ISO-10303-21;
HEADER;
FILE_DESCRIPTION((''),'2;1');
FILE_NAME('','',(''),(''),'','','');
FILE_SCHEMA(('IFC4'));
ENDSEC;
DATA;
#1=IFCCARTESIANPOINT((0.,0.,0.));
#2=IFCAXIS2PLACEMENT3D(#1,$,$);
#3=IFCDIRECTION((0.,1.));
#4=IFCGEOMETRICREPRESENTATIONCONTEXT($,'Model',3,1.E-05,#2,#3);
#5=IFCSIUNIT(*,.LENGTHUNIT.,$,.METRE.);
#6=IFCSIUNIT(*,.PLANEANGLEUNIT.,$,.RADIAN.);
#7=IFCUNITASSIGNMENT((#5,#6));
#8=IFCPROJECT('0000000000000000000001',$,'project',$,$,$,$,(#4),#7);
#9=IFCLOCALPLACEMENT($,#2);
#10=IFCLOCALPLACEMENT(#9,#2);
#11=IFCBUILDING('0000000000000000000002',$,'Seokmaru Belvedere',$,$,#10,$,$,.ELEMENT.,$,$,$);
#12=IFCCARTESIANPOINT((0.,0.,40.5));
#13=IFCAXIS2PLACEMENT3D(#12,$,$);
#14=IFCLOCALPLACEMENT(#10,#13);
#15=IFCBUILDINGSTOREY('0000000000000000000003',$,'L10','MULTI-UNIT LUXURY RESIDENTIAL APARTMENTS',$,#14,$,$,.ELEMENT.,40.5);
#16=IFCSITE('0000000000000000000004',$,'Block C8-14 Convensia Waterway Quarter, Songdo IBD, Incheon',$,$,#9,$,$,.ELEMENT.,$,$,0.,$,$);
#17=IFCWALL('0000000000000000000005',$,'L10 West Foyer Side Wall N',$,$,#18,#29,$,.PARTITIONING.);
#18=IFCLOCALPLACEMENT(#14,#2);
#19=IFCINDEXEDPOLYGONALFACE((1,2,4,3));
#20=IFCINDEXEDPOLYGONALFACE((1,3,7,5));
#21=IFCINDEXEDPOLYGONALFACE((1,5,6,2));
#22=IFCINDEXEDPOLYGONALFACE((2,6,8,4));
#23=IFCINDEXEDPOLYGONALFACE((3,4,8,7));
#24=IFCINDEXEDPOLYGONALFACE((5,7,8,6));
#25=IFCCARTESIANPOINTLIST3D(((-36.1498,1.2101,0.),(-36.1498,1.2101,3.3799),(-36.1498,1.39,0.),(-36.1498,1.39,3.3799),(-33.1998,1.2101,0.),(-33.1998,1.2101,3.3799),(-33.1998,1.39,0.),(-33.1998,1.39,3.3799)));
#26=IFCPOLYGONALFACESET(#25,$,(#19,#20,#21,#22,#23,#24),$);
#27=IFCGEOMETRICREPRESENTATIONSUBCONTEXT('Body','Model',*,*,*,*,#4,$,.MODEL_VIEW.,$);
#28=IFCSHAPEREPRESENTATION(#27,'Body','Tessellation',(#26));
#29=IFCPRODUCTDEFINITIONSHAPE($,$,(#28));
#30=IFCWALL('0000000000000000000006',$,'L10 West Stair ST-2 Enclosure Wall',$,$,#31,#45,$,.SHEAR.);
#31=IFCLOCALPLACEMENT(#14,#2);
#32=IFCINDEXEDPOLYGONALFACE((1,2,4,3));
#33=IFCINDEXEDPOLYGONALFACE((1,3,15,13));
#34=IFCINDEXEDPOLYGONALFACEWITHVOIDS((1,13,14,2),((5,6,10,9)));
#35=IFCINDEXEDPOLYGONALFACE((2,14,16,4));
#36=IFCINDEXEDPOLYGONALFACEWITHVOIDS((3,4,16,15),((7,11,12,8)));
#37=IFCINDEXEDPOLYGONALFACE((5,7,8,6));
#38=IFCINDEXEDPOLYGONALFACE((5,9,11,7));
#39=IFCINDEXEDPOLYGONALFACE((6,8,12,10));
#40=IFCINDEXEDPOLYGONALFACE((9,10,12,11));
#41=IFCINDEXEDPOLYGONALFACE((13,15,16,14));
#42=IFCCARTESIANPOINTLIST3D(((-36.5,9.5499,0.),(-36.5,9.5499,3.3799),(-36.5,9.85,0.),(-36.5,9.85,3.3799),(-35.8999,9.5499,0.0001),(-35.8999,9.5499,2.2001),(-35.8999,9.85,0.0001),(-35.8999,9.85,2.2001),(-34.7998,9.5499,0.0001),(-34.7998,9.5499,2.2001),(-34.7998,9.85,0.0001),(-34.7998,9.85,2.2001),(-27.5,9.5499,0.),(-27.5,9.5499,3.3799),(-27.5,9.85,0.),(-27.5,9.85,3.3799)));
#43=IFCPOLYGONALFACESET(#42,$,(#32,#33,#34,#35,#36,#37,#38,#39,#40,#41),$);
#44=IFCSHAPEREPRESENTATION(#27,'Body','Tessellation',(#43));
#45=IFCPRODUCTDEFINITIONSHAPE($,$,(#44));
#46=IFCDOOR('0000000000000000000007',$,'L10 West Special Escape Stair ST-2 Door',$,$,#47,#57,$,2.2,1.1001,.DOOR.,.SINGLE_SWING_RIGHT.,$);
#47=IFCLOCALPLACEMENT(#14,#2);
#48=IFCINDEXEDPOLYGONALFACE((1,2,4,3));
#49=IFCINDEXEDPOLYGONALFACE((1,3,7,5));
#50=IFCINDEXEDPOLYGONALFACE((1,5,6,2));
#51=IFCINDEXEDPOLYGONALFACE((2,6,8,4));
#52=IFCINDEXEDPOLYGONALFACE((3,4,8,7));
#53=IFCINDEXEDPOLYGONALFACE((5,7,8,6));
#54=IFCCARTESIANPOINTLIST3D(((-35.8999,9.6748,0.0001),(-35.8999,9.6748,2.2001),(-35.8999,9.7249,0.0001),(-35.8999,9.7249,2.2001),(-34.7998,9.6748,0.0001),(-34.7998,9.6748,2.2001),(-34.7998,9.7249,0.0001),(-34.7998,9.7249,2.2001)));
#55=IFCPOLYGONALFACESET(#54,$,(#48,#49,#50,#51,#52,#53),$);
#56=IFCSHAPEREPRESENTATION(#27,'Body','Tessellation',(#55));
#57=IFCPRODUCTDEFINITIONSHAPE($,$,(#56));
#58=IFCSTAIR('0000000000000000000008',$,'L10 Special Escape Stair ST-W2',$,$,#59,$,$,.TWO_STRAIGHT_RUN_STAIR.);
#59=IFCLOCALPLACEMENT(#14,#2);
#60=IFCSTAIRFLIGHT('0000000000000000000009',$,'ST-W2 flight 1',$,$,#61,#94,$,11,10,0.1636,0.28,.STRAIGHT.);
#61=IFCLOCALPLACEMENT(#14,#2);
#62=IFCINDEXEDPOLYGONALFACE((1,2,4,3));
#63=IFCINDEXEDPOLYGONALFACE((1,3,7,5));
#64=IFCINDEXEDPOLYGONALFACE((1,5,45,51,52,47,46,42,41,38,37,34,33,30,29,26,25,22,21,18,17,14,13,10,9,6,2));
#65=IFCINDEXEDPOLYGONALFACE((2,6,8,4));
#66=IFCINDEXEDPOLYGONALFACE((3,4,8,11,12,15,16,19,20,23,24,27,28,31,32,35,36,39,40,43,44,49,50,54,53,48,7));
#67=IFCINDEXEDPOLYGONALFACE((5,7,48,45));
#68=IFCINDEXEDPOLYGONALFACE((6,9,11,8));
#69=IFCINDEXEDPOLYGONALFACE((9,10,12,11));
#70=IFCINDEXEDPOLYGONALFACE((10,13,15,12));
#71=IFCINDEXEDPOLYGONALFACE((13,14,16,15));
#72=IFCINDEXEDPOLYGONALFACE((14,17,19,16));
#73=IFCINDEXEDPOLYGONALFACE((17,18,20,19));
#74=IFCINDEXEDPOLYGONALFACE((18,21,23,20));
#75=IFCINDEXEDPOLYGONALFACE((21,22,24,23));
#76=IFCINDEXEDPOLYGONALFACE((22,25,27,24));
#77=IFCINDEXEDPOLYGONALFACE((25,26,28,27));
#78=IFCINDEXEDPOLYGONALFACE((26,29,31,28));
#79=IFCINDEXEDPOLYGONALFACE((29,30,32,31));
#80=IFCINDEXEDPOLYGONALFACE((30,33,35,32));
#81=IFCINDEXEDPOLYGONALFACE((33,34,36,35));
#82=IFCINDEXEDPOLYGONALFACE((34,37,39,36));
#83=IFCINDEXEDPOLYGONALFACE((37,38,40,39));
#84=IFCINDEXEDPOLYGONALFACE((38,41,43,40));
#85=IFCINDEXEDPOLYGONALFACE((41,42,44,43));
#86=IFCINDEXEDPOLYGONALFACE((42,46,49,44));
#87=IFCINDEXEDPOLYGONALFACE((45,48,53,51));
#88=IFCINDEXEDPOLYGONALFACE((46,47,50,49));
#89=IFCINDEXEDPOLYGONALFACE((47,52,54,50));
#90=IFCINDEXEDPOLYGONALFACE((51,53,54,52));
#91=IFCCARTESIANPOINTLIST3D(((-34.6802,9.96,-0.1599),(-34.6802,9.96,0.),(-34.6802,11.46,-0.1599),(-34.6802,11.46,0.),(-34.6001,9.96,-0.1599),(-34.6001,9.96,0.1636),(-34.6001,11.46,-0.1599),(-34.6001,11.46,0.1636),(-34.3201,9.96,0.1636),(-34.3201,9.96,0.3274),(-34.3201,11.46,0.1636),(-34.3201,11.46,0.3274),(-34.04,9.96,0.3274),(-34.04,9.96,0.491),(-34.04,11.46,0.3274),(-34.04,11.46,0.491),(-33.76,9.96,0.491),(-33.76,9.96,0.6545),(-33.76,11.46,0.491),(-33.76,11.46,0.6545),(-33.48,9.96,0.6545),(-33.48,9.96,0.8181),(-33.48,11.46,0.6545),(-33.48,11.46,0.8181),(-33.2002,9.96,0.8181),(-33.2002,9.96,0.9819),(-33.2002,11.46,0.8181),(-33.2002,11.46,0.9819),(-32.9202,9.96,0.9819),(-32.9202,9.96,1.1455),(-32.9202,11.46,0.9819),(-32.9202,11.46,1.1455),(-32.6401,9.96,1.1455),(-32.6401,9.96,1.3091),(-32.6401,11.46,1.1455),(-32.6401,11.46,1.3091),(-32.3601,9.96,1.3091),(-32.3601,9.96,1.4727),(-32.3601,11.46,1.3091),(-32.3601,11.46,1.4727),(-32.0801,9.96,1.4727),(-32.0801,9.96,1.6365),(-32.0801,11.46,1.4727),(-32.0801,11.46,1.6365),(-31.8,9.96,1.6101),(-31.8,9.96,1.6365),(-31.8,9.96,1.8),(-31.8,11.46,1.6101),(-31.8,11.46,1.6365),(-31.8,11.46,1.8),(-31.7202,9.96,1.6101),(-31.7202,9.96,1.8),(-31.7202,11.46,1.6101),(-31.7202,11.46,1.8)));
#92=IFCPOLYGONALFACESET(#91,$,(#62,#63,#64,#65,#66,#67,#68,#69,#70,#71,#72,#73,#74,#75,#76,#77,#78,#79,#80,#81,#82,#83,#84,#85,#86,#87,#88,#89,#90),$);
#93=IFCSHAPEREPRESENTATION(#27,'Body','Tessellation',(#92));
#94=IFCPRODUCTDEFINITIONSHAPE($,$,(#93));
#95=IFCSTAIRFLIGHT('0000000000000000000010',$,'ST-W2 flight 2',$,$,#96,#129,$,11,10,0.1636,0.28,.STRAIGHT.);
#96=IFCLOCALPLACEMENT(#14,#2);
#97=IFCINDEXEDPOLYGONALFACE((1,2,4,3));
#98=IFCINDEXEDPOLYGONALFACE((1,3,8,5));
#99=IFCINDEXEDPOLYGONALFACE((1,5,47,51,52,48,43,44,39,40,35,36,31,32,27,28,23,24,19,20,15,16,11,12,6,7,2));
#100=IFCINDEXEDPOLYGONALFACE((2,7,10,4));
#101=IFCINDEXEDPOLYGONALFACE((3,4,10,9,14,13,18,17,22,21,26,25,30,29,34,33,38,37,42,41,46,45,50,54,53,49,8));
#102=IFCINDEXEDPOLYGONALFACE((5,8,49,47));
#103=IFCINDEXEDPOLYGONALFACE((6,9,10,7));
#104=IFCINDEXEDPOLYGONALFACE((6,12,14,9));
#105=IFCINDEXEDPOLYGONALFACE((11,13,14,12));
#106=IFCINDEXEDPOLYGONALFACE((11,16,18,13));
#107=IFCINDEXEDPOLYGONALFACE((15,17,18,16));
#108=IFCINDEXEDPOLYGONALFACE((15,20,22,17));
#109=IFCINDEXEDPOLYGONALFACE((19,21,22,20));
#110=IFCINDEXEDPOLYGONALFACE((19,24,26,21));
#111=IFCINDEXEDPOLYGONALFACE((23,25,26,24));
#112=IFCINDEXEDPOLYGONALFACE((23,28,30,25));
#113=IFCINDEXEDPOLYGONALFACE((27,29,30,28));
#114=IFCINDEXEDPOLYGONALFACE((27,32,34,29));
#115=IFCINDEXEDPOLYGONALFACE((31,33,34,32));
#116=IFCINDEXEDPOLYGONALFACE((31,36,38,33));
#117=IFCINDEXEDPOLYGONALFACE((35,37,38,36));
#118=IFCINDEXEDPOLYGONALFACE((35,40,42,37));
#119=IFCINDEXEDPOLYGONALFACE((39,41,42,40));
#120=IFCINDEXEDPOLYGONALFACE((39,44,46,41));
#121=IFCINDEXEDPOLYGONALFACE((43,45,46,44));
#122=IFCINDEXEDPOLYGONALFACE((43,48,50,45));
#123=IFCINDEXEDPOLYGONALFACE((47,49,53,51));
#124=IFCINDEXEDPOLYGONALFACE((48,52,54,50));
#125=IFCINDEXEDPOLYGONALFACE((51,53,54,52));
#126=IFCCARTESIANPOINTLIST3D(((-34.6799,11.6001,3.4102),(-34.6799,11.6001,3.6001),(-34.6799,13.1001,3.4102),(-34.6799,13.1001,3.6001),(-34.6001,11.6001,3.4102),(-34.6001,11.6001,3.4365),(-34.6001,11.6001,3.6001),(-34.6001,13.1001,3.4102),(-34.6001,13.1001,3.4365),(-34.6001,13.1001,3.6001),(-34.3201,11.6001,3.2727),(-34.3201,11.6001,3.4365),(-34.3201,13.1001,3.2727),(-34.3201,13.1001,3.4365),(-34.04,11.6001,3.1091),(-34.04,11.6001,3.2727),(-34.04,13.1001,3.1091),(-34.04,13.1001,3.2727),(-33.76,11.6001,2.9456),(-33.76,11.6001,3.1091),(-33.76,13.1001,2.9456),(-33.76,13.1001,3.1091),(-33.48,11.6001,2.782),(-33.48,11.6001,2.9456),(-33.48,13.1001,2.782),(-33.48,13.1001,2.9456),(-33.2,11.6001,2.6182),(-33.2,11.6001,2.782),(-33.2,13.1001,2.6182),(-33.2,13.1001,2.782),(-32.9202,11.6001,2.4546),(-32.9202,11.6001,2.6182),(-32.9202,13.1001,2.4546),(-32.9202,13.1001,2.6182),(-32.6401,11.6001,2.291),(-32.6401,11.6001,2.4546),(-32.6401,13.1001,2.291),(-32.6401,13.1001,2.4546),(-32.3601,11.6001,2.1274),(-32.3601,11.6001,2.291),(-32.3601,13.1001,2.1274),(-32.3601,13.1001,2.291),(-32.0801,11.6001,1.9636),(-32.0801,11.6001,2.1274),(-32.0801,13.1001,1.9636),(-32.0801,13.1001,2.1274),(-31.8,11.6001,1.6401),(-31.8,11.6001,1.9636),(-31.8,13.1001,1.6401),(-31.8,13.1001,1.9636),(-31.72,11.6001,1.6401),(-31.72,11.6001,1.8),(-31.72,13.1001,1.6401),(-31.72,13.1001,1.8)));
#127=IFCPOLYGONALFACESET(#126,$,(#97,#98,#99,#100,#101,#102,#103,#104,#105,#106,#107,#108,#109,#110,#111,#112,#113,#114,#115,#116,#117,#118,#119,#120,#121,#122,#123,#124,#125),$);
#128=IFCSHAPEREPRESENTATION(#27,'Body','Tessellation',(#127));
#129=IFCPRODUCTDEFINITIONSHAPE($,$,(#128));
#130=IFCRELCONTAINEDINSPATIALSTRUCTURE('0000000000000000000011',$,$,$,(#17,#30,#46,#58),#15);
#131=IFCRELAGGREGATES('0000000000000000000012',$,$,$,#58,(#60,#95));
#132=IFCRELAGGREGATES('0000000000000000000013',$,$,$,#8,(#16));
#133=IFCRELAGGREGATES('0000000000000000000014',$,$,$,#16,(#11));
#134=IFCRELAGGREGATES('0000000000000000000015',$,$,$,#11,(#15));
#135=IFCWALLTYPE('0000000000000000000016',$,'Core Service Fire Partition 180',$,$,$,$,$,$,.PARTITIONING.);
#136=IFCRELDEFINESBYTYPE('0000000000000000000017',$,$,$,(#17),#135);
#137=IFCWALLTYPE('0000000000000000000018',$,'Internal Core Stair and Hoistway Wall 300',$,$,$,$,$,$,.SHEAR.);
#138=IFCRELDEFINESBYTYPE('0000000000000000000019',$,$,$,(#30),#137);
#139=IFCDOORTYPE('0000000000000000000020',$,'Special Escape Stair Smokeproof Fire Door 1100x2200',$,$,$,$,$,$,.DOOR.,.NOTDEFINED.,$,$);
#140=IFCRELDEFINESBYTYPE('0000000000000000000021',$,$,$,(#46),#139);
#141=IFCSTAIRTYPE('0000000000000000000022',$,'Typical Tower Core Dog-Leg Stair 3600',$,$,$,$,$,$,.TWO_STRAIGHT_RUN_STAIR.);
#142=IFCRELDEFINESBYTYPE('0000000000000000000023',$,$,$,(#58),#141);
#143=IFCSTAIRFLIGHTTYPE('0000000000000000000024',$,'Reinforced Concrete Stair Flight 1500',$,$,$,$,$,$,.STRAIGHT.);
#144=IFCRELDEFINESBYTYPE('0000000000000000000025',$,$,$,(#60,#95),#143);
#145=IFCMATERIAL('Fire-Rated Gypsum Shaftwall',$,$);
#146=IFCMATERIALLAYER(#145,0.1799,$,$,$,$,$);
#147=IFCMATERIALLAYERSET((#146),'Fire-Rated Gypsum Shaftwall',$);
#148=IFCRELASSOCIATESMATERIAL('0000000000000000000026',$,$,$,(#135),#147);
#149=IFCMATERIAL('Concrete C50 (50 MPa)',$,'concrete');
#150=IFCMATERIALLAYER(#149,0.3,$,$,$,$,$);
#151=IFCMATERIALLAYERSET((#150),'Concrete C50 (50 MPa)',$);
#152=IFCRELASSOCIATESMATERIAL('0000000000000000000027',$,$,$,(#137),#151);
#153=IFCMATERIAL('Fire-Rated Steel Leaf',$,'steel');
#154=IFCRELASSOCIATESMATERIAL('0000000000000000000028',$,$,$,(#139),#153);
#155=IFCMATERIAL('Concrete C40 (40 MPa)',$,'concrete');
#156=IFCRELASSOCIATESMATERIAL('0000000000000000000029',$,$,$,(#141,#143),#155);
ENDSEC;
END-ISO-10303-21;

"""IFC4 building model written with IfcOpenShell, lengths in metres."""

from ifc_helpers import new_model, si_unit, direction, frame, frame_2d, origin, place, context, subcontext, project, spatial, polyline, rectangle, outline, extrude, source, transform, mapped, material, layer, layer_set, type_object, type_shapes, element, fill, aggregate, save


model = new_model("IFC4")

# Units and contexts
model_context = context("Model", 3, precision=1e-05, world=origin(), true_north=direction((0.0, 1.0)))
body_context = subcontext(model_context, "Body", "Model", "MODEL_VIEW")
ifc_project = project(units=[si_unit("LENGTHUNIT", "METRE"), si_unit("PLANEANGLEUNIT", "RADIAN")], contexts=[model_context])

# Site, building, storey
site_placement = place(None, origin())
site = spatial("IfcSite", under=ifc_project, at=site_placement, Name="Block C8-14 Convensia Waterway Quarter, Songdo IBD, Incheon", CompositionType="ELEMENT", RefElevation=0.0)
building_placement = place(site_placement, origin())
building = spatial("IfcBuilding", under=site, at=building_placement, Name="Seokmaru Belvedere", CompositionType="ELEMENT")
storey_placement = place(building_placement, frame((0.0, 0.0, 40.5)))
storey = spatial("IfcBuildingStorey", under=building, at=storey_placement, Name="L10", Description="MULTI-UNIT LUXURY RESIDENTIAL APARTMENTS", CompositionType="ELEMENT", Elevation=40.5)

# Shared definitions
ifc_material_1 = material(Name="Fire-Rated Gypsum Shaftwall")
ifc_layer_1 = layer(ifc_material_1, 0.1799)
ifc_layer_set_1 = layer_set([ifc_layer_1], Name="Fire-Rated Gypsum Shaftwall")
wall_type_1 = type_object("IfcWallType", Name="Core Service Fire Partition 180", PredefinedType="PARTITIONING", material=ifc_layer_set_1)

# Shared definitions
ifc_material_2 = material(Name="Fire-Rated Steel Leaf", Category="steel")

# Wall
wall_1_placement = place(storey_placement, frame((-36.1499, 1.3, 0.0), z_axis=(0.0, 0.0, 1.0), x_axis=(1.0, 0.0, 0.0)))
element("IfcWall", 1, at=wall_1_placement, inside=storey, type_object=wall_type_1, Name="L10 West Foyer Side Wall N", PredefinedType="PARTITIONING", context=body_context, shape_type="SweptSolid", body=[
    extrude(rectangle(XDim=2.95, YDim=0.1799, at=frame_2d((1.4751, 0.0))), origin(), (0.0, 0.0, 1.0), 3.3799),
])

# Wall, opening, door
ifc_material_3 = material(Name="Concrete C50 (50 MPa)", Category="concrete")
ifc_layer_2 = layer(ifc_material_3, 0.3)
ifc_layer_set_2 = layer_set([ifc_layer_2], Name="Concrete C50 (50 MPa)")
wall_type_2 = type_object("IfcWallType", Name="Internal Core Stair and Hoistway Wall 300", PredefinedType="SHEAR", material=ifc_layer_set_2)
wall_2_placement = place(storey_placement, frame((-36.5, 9.7, 0.0), z_axis=(0.0, 0.0, 1.0), x_axis=(1.0, 0.0, 0.0)))
wall_2 = element("IfcWall", 2, at=wall_2_placement, inside=storey, type_object=wall_type_2, Name="L10 West Stair ST-2 Enclosure Wall", PredefinedType="SHEAR", context=body_context, shape_type="SweptSolid", body=[
    extrude(rectangle(XDim=9.0, YDim=0.3, at=frame_2d((4.5, 0.0))), origin(), (0.0, 0.0, 1.0), 3.3799),
])
opening_1_placement = place(wall_2_placement, frame((0.6001, 0.0, 0.0)))
opening_1 = element("IfcOpeningElement", 3, at=opening_1_placement, cuts=wall_2, PredefinedType="OPENING", context=body_context, shape_type="SweptSolid", body=[
    extrude(rectangle(XDim=1.1001, YDim=2.2, at=frame_2d((0.55, 1.1001))), frame((0.0, 0.1602, 0.0), z_axis=(0.0, -1.0, 0.0), x_axis=(1.0, 0.0, 0.0)), (0.0, 0.0, 1.0), 0.3201),
])
door_type_1 = type_object("IfcDoorType", Name="Special Escape Stair Smokeproof Fire Door 1100x2200", OperationType="NOTDEFINED", PredefinedType="DOOR", material=ifc_material_2)
shared_shape_1 = source(origin(), body_context, "Body", "SweptSolid", [
    extrude(rectangle(XDim=1.1001, YDim=2.2, at=frame_2d((0.55, 1.1001))), frame((0.0, 0.0249, 0.0), z_axis=(0.0, -1.0, 0.0), x_axis=(1.0, 0.0, 0.0)), (0.0, 0.0, 1.0), 0.05),
])
type_shapes(door_type_1, [shared_shape_1])
door_1_placement = place(opening_1_placement, origin())
door_1 = element("IfcDoor", 4, at=door_1_placement, inside=storey, type_object=door_type_1, Name="L10 West Special Escape Stair ST-2 Door", OperationType="SINGLE_SWING_RIGHT", OverallHeight=2.2, OverallWidth=1.1001, PredefinedType="DOOR", context=body_context, shape_type="MappedRepresentation", body=[
    mapped(shared_shape_1, transform((0.0, 0.0, 0.0), scale=1.0)),
])
fill(opening_1, door_1)

# Stair, stair flights
ifc_material_4 = material(Name="Concrete C40 (40 MPa)", Category="concrete")
stair_type = type_object("IfcStairType", Name="Typical Tower Core Dog-Leg Stair 3600", PredefinedType="TWO_STRAIGHT_RUN_STAIR", material=ifc_material_4)
stair_placement = place(storey_placement, origin())
stair = element("IfcStair", 5, at=stair_placement, inside=storey, type_object=stair_type, Name="L10 Special Escape Stair ST-W2", PredefinedType="TWO_STRAIGHT_RUN_STAIR")
stair_flight_type = type_object("IfcStairFlightType", Name="Reinforced Concrete Stair Flight 1500", PredefinedType="STRAIGHT", material=ifc_material_4)
stair_flight_1_placement = place(storey_placement, frame((-34.6001, 10.71, 0.0), z_axis=(0.0, 0.0, 1.0), x_axis=(1.0, 0.0, 0.0)))
stair_flight_1 = element("IfcStairFlight", 6, at=stair_flight_1_placement, type_object=stair_flight_type, Name="ST-W2 flight 1", NumberOfRisers=11, NumberOfTreads=10, PredefinedType="STRAIGHT", RiserHeight=0.1636, TreadLength=0.28, context=body_context, shape_type="SweptSolid", body=[
    extrude(outline(polyline([(-0.0801, 0.0), (0.0, 0.1636), (0.28, 0.1636), (0.28, 0.3274), (0.5601, 0.3274), (0.5601, 0.491), (0.8401, 0.491), (0.8401, 0.6545), (1.1201, 0.6545), (1.1201, 0.8181), (1.3999, 0.8181), (1.3999, 0.9819), (1.6799, 0.9819), (1.6799, 1.1455), (1.96, 1.1455), (1.96, 1.3091), (2.24, 1.3091), (2.24, 1.4727), (2.52, 1.4727), (2.52, 1.6365), (2.8, 1.6365), (2.8, 1.8), (2.8799, 1.8), (2.8799, 1.6101), (2.8, 1.6101), (0.0, -0.1599), (-0.0801, -0.1599), (-0.0801, 0.0)])), frame((0.0, 0.75, 0.0), z_axis=(0.0, -1.0, 0.0), x_axis=(1.0, 0.0, 0.0)), (0.0, 0.0, 1.0), 1.5),
])
stair_flight_2_placement = place(storey_placement, frame((-31.8, 12.3501, 1.8), z_axis=(0.0, 0.0, 1.0), x_axis=(-1.0, 0.0, 0.0)))
stair_flight_2 = element("IfcStairFlight", 7, at=stair_flight_2_placement, type_object=stair_flight_type, Name="ST-W2 flight 2", NumberOfRisers=11, NumberOfTreads=10, PredefinedType="STRAIGHT", RiserHeight=0.1636, TreadLength=0.28, context=body_context, shape_type="SweptSolid", body=[
    extrude(outline(polyline([(-0.0801, 0.0), (0.0, 0.1636), (0.28, 0.1636), (0.28, 0.3274), (0.5601, 0.3274), (0.5601, 0.491), (0.8401, 0.491), (0.8401, 0.6545), (1.1201, 0.6545), (1.1201, 0.8181), (1.3999, 0.8181), (1.3999, 0.9819), (1.6799, 0.9819), (1.6799, 1.1455), (1.96, 1.1455), (1.96, 1.3091), (2.24, 1.3091), (2.24, 1.4727), (2.52, 1.4727), (2.52, 1.6365), (2.8, 1.6365), (2.8, 1.8), (2.8799, 1.8), (2.8799, 1.6101), (2.8, 1.6101), (0.0, -0.1599), (-0.0801, -0.1599), (-0.0801, 0.0)])), frame((0.0, 0.75, 0.0), z_axis=(0.0, -1.0, 0.0), x_axis=(1.0, 0.0, 0.0)), (0.0, 0.0, 1.0), 1.5),
])
aggregate(stair, [stair_flight_1, stair_flight_2])

save(model, "model.ifc")
